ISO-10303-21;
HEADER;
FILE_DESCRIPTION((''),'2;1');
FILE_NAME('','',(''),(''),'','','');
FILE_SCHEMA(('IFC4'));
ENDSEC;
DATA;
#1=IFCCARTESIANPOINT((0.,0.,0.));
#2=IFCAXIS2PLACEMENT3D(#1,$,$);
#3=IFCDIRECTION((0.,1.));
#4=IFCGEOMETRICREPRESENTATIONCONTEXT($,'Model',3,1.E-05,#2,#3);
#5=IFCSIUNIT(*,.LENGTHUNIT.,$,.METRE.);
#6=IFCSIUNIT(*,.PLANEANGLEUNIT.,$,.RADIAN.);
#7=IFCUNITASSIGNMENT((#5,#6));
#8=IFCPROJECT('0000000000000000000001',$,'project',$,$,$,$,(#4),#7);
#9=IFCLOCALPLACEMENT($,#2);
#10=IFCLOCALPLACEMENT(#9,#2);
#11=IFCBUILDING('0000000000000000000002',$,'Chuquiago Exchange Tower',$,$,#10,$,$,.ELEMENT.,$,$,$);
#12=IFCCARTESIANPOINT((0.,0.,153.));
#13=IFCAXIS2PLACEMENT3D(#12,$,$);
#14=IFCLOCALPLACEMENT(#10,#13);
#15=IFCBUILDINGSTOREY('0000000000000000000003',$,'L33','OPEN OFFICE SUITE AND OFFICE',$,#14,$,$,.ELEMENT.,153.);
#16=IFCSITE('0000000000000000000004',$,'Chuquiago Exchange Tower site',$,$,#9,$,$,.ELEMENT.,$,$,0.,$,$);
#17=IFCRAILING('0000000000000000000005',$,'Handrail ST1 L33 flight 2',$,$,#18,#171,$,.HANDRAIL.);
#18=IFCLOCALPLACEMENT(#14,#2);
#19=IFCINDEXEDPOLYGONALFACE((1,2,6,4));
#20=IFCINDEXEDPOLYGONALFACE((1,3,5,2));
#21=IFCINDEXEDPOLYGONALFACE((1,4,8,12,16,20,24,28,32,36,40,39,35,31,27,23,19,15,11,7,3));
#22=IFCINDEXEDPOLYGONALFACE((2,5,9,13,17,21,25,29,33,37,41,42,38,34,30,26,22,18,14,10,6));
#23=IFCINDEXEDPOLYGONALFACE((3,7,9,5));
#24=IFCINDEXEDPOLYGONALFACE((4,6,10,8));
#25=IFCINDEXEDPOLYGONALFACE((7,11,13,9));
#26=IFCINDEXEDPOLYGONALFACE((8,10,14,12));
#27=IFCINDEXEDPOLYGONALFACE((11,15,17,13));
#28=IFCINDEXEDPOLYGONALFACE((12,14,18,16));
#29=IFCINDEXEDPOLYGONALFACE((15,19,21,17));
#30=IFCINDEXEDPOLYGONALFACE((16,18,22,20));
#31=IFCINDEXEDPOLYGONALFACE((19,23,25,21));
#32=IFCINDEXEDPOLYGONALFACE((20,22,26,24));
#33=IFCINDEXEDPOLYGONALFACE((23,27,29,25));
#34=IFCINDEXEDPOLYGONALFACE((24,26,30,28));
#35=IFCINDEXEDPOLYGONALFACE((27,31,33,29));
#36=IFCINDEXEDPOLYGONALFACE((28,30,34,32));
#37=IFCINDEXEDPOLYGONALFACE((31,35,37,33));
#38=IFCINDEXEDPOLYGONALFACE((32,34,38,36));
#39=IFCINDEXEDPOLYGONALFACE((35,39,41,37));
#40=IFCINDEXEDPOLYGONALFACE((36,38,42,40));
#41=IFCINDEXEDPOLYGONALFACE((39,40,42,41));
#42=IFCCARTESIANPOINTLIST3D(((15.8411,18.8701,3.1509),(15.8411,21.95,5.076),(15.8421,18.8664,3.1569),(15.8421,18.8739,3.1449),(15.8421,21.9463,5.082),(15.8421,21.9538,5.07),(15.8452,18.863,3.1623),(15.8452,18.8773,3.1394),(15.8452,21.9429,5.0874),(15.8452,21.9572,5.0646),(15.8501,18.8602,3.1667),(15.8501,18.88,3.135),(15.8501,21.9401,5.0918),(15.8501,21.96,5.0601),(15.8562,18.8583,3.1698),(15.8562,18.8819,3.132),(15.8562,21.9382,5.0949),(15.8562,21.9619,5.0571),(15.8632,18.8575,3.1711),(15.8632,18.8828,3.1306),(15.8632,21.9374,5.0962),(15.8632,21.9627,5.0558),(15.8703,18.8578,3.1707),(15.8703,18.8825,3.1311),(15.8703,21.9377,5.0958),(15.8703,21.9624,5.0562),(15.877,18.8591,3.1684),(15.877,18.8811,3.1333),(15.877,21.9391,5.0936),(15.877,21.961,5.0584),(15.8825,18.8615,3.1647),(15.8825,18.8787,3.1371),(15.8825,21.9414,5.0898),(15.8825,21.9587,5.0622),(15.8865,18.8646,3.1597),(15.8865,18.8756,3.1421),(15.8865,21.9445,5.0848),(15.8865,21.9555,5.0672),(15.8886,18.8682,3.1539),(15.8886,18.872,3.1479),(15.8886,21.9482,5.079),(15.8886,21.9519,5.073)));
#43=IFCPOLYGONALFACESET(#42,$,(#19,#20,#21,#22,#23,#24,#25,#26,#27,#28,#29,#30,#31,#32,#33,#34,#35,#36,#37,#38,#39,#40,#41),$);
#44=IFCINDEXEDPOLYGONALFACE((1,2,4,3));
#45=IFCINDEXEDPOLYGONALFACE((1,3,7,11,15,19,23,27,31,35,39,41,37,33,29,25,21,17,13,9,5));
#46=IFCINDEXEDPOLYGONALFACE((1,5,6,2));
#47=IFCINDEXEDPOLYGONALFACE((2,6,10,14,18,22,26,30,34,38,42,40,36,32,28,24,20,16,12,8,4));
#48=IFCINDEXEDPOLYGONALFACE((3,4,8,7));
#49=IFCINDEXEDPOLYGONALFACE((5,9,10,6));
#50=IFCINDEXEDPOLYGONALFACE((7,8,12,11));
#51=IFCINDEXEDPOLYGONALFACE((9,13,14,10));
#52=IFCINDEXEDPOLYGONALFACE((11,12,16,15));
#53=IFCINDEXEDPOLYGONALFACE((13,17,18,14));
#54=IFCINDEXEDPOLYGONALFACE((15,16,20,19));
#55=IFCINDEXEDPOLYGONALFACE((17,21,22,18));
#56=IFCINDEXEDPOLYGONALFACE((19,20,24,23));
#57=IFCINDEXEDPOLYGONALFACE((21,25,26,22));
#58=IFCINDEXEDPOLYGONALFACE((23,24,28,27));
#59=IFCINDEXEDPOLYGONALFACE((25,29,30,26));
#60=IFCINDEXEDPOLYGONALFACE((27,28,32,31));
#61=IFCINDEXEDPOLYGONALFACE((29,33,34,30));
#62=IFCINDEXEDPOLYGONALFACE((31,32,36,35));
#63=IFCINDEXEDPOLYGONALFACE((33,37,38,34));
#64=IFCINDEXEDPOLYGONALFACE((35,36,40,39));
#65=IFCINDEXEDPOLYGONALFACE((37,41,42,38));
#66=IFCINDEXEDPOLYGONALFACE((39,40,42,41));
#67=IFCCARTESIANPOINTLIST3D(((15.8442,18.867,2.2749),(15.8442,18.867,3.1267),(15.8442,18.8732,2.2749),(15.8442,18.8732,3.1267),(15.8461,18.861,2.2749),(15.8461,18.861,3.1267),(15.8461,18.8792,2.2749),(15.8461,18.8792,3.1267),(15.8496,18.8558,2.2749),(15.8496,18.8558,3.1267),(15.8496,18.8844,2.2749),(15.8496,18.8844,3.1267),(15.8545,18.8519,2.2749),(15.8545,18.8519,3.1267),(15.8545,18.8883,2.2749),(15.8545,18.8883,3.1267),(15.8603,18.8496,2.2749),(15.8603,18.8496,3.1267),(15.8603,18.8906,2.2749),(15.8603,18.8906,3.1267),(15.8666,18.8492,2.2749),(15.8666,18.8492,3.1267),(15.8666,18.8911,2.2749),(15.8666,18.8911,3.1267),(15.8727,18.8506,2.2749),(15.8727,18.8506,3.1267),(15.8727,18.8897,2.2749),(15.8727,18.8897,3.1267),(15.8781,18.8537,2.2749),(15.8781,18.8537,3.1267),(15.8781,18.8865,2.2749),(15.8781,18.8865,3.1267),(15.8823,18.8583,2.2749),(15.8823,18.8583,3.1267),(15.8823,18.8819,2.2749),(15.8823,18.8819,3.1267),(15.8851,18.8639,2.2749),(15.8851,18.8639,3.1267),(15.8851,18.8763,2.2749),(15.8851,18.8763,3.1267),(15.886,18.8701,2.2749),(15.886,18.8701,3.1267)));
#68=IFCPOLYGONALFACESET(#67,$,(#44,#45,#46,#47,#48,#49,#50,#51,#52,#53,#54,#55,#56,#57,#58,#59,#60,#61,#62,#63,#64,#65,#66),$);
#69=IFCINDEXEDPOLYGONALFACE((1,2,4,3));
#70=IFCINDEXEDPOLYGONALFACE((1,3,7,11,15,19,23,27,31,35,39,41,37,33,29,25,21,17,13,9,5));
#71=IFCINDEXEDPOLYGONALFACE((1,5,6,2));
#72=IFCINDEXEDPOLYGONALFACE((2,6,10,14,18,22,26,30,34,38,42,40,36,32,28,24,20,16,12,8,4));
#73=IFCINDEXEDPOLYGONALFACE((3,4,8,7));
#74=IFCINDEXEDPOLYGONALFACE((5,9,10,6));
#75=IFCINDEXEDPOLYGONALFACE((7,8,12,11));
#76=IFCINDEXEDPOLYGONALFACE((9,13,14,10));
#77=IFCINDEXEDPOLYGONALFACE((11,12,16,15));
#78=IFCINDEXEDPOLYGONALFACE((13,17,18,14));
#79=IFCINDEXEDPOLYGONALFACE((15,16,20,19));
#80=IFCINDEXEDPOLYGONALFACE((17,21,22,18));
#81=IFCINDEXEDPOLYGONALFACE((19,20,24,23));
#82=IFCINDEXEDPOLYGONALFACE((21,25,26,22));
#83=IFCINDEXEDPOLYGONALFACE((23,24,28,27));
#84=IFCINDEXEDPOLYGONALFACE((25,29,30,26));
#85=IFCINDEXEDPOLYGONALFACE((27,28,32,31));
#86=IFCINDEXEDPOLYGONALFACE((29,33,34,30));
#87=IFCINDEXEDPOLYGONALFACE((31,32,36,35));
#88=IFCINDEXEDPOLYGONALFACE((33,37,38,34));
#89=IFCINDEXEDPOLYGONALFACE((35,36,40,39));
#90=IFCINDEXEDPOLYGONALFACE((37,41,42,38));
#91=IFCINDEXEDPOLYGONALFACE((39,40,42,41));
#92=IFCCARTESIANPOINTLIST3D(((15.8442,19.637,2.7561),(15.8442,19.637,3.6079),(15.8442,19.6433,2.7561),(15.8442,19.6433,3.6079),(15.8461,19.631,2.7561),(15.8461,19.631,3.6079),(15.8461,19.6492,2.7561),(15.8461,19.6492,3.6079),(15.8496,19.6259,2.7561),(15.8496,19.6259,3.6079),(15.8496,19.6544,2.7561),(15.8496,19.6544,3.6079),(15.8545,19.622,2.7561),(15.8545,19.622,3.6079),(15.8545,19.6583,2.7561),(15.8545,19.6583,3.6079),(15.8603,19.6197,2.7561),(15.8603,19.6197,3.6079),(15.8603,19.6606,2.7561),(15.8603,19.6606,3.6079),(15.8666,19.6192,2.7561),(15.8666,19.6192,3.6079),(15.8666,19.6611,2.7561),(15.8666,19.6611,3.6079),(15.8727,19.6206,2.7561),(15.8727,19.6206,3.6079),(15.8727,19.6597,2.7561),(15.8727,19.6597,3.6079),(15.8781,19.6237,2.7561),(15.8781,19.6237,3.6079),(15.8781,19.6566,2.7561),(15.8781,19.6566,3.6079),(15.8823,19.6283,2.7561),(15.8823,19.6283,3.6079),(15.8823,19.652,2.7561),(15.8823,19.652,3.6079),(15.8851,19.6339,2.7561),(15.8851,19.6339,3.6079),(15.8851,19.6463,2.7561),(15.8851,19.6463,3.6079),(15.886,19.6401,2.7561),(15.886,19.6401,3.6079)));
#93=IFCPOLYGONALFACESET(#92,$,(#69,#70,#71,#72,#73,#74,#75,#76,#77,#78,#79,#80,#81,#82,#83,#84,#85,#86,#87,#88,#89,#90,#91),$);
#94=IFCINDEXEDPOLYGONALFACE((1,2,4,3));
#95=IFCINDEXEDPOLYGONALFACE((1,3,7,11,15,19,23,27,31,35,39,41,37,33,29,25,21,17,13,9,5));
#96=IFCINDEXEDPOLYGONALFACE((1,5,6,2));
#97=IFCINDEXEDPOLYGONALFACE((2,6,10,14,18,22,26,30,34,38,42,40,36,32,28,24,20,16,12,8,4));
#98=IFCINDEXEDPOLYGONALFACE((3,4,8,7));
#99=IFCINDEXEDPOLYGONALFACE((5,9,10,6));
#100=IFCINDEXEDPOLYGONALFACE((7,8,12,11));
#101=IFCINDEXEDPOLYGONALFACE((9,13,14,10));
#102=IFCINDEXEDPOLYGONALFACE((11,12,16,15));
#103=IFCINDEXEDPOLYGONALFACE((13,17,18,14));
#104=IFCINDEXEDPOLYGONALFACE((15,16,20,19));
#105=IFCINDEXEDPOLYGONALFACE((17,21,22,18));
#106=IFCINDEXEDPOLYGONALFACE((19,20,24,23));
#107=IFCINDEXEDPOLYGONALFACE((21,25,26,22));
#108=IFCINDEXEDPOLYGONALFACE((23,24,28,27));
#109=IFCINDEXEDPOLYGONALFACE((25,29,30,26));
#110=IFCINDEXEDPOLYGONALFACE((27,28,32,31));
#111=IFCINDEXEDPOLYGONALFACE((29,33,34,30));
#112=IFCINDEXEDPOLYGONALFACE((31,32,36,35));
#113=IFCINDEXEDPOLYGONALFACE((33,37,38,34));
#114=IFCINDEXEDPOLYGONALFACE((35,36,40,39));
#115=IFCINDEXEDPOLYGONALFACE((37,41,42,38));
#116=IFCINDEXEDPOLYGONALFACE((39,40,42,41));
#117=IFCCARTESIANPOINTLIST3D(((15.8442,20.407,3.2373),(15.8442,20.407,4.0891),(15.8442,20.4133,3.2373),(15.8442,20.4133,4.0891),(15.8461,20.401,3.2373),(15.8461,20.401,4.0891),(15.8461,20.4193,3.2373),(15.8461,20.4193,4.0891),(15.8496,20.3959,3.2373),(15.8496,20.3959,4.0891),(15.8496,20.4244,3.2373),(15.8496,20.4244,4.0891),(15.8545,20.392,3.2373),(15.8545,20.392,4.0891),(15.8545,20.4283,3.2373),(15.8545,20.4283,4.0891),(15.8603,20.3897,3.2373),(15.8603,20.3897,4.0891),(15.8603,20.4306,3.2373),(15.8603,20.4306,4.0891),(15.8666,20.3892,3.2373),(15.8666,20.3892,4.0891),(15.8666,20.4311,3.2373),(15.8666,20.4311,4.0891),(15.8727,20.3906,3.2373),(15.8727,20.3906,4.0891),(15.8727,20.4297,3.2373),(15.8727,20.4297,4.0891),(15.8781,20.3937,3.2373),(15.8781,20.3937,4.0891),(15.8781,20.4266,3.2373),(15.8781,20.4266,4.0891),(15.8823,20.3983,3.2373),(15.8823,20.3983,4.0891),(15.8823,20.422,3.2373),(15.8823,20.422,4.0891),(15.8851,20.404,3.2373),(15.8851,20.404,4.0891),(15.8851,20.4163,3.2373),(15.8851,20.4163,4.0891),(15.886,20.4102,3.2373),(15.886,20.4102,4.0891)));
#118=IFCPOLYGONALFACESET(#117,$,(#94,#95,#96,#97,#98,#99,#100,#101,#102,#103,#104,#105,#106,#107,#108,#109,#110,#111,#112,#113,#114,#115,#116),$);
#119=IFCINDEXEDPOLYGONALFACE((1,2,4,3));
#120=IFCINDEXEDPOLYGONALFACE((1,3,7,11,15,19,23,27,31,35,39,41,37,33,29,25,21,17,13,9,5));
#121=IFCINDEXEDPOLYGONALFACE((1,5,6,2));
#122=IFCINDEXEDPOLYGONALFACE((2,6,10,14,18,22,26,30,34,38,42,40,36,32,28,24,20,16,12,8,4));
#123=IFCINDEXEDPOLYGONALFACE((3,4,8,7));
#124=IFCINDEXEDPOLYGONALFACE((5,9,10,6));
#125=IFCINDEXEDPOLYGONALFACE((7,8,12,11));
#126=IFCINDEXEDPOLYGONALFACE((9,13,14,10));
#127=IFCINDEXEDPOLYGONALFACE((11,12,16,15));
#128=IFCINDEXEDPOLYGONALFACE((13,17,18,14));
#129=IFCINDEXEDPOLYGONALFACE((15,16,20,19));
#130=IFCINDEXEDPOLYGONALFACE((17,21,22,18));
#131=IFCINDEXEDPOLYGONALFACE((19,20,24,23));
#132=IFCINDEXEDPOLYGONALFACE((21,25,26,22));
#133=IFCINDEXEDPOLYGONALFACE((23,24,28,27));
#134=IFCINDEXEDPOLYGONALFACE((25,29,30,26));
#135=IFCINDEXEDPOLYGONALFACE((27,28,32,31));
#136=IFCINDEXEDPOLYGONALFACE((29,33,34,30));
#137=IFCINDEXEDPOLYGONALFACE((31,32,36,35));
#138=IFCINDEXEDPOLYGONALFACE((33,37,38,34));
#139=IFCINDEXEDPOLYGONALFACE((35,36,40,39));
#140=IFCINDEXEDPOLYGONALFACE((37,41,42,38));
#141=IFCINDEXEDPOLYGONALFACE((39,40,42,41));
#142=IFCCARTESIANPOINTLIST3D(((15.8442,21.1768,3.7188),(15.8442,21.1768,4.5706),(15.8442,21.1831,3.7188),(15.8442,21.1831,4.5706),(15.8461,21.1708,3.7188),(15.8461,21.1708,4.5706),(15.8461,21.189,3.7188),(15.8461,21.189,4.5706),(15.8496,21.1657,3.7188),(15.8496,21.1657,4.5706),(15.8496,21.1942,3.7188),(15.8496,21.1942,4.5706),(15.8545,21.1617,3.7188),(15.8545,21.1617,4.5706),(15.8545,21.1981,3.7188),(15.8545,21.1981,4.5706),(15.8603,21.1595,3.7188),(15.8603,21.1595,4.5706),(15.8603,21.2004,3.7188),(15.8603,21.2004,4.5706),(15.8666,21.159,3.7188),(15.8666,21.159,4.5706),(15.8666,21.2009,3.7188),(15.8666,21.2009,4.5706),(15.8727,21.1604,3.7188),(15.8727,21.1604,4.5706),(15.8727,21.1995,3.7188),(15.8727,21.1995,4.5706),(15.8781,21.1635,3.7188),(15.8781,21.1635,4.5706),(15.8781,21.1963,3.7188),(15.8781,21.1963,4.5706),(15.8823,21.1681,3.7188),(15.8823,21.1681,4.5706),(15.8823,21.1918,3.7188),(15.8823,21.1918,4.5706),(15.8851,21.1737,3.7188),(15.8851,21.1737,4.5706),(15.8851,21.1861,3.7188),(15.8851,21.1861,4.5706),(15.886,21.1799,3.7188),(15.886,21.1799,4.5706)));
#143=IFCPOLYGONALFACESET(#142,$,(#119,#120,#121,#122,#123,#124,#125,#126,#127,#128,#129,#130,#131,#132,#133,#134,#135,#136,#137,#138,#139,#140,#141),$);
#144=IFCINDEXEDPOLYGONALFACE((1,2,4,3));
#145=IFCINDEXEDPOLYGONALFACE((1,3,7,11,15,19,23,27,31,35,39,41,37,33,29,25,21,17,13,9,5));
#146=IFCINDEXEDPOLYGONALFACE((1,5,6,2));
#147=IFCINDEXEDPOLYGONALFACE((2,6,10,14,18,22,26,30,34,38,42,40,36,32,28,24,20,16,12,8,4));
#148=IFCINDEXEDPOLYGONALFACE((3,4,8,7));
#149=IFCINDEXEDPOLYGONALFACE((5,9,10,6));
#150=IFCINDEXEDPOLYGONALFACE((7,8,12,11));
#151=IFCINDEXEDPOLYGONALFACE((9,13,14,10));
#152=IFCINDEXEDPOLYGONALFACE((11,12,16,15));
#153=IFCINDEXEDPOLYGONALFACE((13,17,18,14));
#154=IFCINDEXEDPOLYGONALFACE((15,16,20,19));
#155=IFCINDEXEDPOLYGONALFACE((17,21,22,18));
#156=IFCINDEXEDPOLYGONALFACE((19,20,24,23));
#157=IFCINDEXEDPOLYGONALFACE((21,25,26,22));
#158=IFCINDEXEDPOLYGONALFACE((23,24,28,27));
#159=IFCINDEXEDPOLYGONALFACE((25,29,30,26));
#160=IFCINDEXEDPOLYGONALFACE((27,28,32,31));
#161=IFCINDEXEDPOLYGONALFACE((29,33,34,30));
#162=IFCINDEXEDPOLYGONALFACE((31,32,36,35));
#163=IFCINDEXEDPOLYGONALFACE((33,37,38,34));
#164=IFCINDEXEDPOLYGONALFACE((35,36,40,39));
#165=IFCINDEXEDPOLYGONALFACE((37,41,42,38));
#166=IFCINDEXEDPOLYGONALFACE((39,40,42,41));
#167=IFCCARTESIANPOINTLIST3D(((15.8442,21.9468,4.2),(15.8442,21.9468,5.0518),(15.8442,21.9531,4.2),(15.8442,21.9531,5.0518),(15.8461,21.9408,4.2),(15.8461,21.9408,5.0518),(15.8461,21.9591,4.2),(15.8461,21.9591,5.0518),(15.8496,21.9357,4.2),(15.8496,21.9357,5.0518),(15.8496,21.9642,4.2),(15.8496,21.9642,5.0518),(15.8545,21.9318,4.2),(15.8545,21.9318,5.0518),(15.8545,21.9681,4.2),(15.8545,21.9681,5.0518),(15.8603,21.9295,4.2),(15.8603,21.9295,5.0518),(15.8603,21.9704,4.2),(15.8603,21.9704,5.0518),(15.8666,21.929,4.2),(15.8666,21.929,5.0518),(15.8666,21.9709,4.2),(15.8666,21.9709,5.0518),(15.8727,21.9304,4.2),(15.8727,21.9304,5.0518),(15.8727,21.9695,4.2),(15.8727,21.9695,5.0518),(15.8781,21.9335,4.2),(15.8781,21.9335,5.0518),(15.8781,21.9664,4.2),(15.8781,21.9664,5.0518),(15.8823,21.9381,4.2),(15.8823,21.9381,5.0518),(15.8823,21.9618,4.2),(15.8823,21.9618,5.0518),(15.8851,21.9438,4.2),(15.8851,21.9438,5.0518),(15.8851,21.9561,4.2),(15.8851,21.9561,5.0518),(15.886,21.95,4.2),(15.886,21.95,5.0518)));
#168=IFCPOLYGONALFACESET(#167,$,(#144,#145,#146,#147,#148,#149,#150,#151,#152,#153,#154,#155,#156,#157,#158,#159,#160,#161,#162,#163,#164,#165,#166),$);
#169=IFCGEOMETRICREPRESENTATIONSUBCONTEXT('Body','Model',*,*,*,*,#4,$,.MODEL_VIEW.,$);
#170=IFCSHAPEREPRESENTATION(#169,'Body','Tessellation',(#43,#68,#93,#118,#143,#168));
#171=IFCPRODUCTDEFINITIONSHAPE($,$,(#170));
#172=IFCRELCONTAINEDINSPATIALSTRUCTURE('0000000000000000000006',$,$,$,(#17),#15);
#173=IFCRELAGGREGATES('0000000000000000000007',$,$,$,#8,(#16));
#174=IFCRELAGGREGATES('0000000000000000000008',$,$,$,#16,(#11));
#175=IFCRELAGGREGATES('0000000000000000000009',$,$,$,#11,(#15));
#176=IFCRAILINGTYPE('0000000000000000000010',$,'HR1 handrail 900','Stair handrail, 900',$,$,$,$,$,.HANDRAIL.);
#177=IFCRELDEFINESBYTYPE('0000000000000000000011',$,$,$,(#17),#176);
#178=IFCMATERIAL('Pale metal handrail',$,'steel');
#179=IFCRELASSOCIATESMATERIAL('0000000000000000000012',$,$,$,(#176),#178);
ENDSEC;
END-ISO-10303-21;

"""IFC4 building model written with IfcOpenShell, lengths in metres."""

from ifc_helpers import new_model, si_unit, direction, frame, origin, origin_2d, place, context, subcontext, project, spatial, circle, extrude, material, type_object, element, save


model = new_model("IFC4")

# Units and contexts
model_context = context("Model", 3, precision=1e-05, world=origin(), true_north=direction((0.0, 1.0)))
body_context = subcontext(model_context, "Body", "Model", "MODEL_VIEW")
ifc_project = project(units=[si_unit("LENGTHUNIT", "METRE"), si_unit("PLANEANGLEUNIT", "RADIAN")], contexts=[model_context])

# Site, building, storey
site_placement = place(None, origin())
site = spatial("IfcSite", under=ifc_project, at=site_placement, Name="Chuquiago Exchange Tower site", CompositionType="ELEMENT", RefElevation=0.0)
building_placement = place(site_placement, origin())
building = spatial("IfcBuilding", under=site, at=building_placement, Name="Chuquiago Exchange Tower", CompositionType="ELEMENT")
storey_placement = place(building_placement, frame((0.0, 0.0, 153.0)))
storey = spatial("IfcBuildingStorey", under=building, at=storey_placement, Name="L33", Description="OPEN OFFICE SUITE AND OFFICE", CompositionType="ELEMENT", Elevation=153.0)

# Railing
ifc_material_1 = material(Name="Pale metal handrail", Category="steel")
railing_type_1 = type_object("IfcRailingType", Name="HR1 handrail 900", Description="Stair handrail, 900", PredefinedType="HANDRAIL", material=ifc_material_1)
for number, where, name in (
    (1, (15.865, 18.8701, 2.2749), "Handrail ST1 L33 flight 2"),
):
    element("IfcRailing", number, at=place(storey_placement, frame(where)), inside=storey, type_object=railing_type_1, Name=name, PredefinedType="HANDRAIL", context=body_context, shape_type="SweptSolid", body=[
        extrude(circle(Radius=0.0239, at=origin_2d()), frame((0.0, 0.0, 0.876), z_axis=(0.0, 0.847979, 0.530029), x_axis=(-1.0, 0.0, 0.0)), (0.0, 0.0, 1.0), 3.6321),
        extrude(circle(Radius=0.021, at=origin_2d()), origin(), (0.0, 0.0, 1.0), 0.8518),
        extrude(circle(Radius=0.021, at=origin_2d()), frame((0.0, 0.77, 0.4812)), (0.0, 0.0, 1.0), 0.8518),
        extrude(circle(Radius=0.021, at=origin_2d()), frame((0.0, 1.54, 0.9624)), (0.0, 0.0, 1.0), 0.8518),
        extrude(circle(Radius=0.021, at=origin_2d()), frame((0.0, 2.3098, 1.4438)), (0.0, 0.0, 1.0), 0.8518),
        extrude(circle(Radius=0.021, at=origin_2d()), frame((0.0, 3.0798, 1.925)), (0.0, 0.0, 1.0), 0.8518),
    ])

save(model, "model.ifc")
